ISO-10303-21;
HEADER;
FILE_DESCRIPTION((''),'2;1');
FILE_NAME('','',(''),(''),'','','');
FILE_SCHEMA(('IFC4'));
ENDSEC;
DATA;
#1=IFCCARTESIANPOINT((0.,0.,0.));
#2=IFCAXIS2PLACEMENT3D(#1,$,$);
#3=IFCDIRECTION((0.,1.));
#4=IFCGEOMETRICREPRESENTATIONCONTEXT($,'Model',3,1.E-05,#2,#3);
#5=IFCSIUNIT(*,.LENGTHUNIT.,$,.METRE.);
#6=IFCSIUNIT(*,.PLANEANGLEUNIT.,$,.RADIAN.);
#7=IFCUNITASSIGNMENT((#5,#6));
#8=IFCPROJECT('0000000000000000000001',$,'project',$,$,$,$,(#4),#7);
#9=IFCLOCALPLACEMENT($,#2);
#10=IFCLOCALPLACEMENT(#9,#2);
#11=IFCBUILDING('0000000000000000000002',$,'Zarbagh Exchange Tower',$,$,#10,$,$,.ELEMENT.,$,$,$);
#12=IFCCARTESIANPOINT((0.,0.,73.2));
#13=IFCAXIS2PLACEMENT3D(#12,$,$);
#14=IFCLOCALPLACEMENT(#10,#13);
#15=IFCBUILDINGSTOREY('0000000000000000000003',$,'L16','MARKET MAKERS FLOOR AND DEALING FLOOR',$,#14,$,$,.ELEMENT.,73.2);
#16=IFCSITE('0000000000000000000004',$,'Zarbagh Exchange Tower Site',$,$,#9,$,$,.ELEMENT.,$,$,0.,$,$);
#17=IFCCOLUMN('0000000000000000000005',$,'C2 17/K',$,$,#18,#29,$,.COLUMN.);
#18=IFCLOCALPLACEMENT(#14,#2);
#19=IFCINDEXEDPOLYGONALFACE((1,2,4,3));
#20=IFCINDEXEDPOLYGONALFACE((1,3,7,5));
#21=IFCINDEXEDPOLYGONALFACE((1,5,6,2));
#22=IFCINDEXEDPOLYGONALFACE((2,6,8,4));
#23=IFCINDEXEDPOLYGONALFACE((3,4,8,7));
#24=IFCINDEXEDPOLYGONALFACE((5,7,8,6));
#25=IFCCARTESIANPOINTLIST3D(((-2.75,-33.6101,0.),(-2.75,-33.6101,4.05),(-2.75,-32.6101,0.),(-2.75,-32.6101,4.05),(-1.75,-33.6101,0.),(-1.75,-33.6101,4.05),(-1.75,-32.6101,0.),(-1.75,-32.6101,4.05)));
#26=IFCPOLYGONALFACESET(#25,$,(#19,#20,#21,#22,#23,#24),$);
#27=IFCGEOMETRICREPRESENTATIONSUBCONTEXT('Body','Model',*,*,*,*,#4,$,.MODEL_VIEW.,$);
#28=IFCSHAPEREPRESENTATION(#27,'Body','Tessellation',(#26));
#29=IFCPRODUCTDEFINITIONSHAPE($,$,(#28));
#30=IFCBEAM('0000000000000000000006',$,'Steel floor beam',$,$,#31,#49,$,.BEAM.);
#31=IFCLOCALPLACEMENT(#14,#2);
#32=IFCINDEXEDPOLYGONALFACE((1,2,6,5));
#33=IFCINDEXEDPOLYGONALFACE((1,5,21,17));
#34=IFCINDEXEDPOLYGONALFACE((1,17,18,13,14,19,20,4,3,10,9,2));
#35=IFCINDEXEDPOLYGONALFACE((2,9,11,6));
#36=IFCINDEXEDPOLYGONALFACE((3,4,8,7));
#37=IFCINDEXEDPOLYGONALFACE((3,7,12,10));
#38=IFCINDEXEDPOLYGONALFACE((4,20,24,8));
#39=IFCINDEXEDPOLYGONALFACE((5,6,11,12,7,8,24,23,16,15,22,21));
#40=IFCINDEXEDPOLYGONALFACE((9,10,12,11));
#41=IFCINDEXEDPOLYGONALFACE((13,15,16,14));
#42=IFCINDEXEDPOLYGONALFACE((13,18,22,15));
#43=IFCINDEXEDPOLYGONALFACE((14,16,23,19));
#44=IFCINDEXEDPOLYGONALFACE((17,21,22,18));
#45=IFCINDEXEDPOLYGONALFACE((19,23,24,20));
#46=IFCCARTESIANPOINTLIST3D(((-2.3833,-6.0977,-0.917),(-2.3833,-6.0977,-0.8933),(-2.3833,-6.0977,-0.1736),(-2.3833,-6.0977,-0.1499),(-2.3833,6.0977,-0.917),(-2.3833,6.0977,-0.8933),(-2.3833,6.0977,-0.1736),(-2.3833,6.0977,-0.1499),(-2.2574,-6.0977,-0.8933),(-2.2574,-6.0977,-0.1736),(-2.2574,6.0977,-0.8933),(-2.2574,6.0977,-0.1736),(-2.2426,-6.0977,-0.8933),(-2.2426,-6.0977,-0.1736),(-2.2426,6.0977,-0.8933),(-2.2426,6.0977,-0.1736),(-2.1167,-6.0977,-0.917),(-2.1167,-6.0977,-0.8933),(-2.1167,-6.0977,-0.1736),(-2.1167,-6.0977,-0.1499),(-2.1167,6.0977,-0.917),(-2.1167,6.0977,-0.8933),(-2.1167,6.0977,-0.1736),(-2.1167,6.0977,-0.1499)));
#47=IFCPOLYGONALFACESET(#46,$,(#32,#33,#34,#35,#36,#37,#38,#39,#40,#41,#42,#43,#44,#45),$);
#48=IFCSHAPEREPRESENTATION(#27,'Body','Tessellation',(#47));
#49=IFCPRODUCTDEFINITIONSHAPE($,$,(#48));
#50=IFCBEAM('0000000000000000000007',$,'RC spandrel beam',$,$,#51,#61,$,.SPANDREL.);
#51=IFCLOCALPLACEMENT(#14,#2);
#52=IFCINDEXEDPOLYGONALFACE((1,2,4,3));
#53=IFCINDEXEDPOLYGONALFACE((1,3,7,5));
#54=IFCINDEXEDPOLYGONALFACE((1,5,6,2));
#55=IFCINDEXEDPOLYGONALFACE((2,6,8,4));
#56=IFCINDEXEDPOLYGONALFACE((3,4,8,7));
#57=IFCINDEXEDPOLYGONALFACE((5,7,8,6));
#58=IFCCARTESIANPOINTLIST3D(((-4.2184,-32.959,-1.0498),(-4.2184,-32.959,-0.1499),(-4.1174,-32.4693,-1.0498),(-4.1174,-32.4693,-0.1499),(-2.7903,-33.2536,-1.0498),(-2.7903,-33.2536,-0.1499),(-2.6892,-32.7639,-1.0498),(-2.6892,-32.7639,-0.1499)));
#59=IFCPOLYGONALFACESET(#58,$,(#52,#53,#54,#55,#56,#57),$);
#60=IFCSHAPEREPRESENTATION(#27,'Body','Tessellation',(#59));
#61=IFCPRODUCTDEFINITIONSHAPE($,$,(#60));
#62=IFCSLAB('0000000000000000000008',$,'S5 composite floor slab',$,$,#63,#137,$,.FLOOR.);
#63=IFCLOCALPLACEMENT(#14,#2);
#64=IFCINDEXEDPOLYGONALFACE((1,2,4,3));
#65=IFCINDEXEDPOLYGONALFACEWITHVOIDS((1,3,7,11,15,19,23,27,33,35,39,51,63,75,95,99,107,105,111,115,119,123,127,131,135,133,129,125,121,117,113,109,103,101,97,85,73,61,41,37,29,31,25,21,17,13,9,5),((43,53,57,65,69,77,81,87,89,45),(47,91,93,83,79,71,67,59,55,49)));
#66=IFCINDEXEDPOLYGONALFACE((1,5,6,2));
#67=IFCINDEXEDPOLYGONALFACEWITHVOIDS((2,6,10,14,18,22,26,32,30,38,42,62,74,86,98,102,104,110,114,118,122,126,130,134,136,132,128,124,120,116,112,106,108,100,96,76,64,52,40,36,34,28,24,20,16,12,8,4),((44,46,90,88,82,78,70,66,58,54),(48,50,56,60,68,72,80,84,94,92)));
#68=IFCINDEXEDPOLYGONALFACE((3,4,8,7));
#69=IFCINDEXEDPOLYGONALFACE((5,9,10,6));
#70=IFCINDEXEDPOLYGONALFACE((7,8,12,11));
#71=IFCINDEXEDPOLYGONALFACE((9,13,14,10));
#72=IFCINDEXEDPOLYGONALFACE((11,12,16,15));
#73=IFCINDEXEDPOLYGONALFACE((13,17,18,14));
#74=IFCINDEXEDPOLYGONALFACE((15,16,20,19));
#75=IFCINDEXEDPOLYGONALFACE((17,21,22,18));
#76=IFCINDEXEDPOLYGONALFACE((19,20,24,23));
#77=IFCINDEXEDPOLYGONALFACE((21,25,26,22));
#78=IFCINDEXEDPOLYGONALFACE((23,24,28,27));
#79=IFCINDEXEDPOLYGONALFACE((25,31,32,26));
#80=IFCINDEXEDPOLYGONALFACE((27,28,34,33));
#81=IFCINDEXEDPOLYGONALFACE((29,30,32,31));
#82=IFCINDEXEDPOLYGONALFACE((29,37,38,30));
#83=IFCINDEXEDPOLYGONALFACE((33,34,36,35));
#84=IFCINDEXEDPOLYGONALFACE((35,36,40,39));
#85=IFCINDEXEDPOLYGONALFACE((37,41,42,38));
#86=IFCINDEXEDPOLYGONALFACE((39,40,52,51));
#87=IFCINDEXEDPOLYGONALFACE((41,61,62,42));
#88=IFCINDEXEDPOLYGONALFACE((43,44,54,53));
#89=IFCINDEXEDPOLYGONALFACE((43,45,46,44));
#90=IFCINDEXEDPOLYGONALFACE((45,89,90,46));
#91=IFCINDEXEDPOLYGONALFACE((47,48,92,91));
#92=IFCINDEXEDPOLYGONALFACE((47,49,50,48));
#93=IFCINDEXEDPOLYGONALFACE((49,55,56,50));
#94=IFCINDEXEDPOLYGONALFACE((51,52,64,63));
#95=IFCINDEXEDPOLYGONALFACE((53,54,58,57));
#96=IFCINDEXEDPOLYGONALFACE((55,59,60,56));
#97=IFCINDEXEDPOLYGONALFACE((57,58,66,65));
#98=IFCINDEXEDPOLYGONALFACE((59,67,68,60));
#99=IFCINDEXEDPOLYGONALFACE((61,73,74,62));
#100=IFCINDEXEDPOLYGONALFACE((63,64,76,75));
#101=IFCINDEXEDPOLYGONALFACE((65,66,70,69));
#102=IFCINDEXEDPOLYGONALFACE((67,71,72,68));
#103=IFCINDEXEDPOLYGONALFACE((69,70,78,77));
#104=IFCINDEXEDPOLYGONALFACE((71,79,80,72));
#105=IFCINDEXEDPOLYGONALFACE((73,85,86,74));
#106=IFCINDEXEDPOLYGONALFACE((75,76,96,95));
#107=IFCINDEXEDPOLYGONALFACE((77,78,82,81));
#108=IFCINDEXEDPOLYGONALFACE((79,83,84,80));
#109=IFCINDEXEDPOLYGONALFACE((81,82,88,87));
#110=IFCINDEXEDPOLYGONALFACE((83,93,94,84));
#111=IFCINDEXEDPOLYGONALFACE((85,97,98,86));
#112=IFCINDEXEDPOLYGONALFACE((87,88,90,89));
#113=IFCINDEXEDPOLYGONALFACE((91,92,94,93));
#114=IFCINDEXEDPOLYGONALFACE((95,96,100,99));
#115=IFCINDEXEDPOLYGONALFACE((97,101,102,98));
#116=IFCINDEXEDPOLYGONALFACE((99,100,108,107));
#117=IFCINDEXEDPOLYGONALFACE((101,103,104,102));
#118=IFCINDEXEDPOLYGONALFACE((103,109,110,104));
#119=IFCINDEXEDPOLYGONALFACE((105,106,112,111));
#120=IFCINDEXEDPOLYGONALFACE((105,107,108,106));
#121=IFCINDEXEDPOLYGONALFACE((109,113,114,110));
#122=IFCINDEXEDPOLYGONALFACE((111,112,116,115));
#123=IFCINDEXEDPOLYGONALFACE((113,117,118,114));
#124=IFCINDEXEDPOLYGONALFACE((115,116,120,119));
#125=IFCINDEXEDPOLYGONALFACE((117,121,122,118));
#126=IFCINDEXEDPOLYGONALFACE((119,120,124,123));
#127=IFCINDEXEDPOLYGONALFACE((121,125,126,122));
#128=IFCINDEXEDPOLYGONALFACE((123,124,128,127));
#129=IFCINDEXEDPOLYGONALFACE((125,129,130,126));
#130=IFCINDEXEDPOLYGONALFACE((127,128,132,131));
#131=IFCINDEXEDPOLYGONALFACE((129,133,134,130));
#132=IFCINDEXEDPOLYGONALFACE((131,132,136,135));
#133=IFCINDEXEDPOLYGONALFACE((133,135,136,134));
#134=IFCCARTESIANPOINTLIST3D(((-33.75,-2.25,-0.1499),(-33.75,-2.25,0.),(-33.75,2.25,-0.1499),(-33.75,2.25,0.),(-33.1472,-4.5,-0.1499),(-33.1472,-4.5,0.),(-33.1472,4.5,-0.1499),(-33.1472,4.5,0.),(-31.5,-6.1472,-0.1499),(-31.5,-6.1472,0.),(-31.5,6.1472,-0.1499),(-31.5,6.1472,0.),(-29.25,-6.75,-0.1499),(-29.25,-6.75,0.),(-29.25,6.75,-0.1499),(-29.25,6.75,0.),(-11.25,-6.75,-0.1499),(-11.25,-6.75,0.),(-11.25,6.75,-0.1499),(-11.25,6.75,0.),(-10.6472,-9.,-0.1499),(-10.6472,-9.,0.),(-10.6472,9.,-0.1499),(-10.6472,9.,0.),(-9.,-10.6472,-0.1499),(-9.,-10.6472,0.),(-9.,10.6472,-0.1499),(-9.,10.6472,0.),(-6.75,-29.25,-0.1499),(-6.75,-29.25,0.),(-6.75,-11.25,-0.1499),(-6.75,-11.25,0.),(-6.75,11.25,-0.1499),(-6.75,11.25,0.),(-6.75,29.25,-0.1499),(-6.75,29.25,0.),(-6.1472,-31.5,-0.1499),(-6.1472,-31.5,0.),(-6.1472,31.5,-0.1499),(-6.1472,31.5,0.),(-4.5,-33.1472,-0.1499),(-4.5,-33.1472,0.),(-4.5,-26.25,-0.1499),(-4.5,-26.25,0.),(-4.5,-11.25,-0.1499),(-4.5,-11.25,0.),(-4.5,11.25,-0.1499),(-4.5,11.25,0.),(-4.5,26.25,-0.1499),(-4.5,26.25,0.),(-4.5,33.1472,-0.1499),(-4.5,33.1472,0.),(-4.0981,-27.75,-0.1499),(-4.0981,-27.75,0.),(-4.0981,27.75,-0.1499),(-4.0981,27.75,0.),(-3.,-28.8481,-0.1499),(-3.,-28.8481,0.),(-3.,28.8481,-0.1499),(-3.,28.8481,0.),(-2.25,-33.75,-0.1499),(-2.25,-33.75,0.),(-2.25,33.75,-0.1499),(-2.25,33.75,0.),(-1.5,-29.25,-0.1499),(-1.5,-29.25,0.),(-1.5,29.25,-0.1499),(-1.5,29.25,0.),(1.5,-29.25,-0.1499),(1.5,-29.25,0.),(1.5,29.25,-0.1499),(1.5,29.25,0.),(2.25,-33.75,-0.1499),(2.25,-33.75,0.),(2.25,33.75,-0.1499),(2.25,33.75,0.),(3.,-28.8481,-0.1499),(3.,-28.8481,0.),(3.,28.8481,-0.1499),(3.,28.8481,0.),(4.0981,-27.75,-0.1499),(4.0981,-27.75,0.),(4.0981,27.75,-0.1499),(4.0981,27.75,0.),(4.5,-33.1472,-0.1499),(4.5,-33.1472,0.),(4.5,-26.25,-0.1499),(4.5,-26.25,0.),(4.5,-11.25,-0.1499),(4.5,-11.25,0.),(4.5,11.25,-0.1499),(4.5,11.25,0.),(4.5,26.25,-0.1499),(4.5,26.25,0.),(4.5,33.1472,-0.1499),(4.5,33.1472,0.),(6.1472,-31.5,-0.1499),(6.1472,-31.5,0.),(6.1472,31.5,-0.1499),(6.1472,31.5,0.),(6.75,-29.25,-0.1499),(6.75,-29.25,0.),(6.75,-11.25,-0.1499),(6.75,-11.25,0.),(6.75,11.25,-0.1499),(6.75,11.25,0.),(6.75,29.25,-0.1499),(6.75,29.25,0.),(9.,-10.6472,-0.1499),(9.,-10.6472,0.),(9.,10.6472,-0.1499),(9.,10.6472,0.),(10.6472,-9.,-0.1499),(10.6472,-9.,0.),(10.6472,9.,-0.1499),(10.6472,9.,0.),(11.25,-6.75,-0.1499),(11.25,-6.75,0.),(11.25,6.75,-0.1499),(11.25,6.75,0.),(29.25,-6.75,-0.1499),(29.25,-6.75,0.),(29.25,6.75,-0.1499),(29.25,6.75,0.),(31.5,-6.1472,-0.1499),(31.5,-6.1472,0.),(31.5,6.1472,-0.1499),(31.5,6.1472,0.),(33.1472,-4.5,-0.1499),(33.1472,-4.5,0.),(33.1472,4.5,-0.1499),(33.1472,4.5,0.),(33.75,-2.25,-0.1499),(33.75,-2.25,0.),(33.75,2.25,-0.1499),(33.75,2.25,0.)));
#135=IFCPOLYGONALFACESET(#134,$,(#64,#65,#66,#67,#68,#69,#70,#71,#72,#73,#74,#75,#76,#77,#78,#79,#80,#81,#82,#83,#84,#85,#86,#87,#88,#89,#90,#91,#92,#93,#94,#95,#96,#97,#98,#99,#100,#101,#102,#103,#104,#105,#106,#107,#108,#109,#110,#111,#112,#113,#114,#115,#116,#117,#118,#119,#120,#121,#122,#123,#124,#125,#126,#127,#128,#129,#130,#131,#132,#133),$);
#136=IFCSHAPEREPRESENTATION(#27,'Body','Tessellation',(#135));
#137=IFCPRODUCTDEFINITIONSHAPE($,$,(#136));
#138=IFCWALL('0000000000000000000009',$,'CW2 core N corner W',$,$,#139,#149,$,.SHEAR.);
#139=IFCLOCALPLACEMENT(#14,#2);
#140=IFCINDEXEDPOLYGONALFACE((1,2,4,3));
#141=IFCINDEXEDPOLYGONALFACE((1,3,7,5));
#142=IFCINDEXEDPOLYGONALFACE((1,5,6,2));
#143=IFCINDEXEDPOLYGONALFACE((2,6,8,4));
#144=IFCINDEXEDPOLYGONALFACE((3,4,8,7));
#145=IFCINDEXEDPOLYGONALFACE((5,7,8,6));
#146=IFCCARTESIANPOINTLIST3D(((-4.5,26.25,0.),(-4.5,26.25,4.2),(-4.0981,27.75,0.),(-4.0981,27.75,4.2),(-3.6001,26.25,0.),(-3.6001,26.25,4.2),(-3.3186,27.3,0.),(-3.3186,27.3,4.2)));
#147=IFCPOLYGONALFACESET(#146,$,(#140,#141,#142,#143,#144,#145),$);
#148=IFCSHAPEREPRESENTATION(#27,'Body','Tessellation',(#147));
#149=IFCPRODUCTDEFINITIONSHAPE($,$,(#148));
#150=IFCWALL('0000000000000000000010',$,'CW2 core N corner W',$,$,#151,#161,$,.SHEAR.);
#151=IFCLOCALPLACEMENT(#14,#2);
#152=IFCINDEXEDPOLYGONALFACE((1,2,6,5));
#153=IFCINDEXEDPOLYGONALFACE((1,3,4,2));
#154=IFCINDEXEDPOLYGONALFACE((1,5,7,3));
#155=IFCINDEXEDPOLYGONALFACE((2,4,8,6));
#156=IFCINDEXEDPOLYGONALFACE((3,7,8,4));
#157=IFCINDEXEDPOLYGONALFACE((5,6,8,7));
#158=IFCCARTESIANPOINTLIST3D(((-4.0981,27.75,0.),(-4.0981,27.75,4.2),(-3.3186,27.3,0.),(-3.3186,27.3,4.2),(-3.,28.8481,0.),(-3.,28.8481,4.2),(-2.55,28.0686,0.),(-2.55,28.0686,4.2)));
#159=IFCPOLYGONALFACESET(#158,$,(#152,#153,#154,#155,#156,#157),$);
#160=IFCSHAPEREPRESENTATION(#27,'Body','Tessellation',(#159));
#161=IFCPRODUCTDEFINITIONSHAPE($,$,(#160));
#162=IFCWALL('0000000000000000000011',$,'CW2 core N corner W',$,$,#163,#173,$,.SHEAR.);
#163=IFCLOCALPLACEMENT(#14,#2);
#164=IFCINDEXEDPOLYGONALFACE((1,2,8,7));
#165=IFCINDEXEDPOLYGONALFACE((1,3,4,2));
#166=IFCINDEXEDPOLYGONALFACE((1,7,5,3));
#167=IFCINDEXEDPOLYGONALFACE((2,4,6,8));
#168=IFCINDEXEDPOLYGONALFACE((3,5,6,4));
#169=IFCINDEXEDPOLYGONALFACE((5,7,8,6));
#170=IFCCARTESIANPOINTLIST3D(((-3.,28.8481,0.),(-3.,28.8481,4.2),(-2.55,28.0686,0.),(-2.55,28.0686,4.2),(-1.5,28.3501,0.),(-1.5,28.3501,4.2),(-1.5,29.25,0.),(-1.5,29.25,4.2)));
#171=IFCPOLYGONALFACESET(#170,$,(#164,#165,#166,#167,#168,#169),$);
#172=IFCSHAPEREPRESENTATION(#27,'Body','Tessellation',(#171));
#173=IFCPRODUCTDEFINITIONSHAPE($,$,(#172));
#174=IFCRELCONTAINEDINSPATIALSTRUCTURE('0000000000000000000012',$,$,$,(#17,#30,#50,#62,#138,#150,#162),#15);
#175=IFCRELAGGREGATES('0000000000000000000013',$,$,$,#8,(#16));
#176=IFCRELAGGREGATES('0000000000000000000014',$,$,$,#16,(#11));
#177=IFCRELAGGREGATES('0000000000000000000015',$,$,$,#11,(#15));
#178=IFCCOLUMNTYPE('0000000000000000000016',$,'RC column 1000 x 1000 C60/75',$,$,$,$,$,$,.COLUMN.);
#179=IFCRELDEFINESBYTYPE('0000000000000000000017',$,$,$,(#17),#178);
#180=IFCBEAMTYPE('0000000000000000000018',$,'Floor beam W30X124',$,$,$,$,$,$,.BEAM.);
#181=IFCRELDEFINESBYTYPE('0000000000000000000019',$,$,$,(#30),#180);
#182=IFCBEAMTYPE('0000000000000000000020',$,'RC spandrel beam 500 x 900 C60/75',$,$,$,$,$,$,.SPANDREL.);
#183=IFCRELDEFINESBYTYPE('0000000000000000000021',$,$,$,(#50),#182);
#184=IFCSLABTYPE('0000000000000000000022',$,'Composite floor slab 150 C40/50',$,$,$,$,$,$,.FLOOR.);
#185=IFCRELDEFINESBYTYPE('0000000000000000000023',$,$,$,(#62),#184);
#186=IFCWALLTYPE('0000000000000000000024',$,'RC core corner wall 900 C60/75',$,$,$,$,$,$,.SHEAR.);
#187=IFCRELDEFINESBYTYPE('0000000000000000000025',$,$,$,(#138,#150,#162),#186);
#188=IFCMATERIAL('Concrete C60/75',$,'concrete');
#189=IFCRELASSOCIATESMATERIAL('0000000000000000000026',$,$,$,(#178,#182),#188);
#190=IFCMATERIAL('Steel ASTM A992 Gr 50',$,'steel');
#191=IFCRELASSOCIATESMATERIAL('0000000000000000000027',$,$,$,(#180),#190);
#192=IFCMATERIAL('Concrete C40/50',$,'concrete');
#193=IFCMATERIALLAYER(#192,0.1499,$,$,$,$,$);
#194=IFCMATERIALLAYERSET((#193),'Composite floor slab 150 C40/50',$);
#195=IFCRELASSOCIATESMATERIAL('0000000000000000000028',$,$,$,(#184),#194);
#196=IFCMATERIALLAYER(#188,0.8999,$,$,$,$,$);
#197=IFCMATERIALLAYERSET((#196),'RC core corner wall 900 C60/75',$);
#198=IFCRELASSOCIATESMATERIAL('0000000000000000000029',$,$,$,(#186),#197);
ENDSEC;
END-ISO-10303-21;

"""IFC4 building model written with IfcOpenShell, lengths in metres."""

from ifc_helpers import new_model, si_unit, direction, frame, origin, origin_2d, place, context, subcontext, project, spatial, polyline, rectangle, i_section, outline, extrude, material, layer, layer_set, material_profile, profile_set, type_object, element, save


model = new_model("IFC4")

# Units and contexts
model_context = context("Model", 3, precision=1e-05, world=origin(), true_north=direction((0.0, 1.0)))
body_context = subcontext(model_context, "Body", "Model", "MODEL_VIEW")
ifc_project = project(units=[si_unit("LENGTHUNIT", "METRE"), si_unit("PLANEANGLEUNIT", "RADIAN")], contexts=[model_context])

# Site, building, storey
site_placement = place(None, origin())
site = spatial("IfcSite", under=ifc_project, at=site_placement, Name="Zarbagh Exchange Tower Site", CompositionType="ELEMENT", RefElevation=0.0)
building_placement = place(site_placement, origin())
building = spatial("IfcBuilding", under=site, at=building_placement, Name="Zarbagh Exchange Tower", CompositionType="ELEMENT")
storey_placement = place(building_placement, frame((0.0, 0.0, 73.2)))
storey = spatial("IfcBuildingStorey", under=building, at=storey_placement, Name="L16", Description="MARKET MAKERS FLOOR AND DEALING FLOOR", CompositionType="ELEMENT", Elevation=73.2)

# Column
ifc_material_1 = material(Name="Concrete C60/75", Category="concrete")
ifc_material_profile_1 = material_profile(ifc_material_1, rectangle(XDim=1.0, YDim=1.0, at=origin_2d()), Name="RC column 1000 x 1000 C60/75")
ifc_profile_set_1 = profile_set([ifc_material_profile_1], Name="Concrete C60/75")
column_type = type_object("IfcColumnType", Name="RC column 1000 x 1000 C60/75", PredefinedType="COLUMN", material=ifc_profile_set_1)
column_placement = place(storey_placement, frame((-2.25, -33.1101, 0.0), z_axis=(0.0, 0.0, 1.0), x_axis=(1.0, 0.0, 0.0)))
element("IfcColumn", 1, at=column_placement, inside=storey, type_object=column_type, Name="C2 17/K", PredefinedType="COLUMN", context=body_context, shape_type="SweptSolid", body=[
    extrude(rectangle(XDim=1.0, YDim=1.0, at=origin_2d()), origin(), (0.0, 0.0, 1.0), 4.05),
])

# Beams
ifc_material_2 = material(Name="Steel ASTM A992 Gr 50", Category="steel")
ifc_material_profile_2 = material_profile(ifc_material_2, i_section(OverallWidth=0.2666, OverallDepth=0.7671, WebThickness=0.0149, FlangeThickness=0.0237, at=origin_2d()), Name="W30X124")
ifc_profile_set_2 = profile_set([ifc_material_profile_2], Name="Steel ASTM A992 Gr 50")
beam_type_1 = type_object("IfcBeamType", Name="Floor beam W30X124", PredefinedType="BEAM", material=ifc_profile_set_2)
beam_1_placement = place(storey_placement, frame((-2.25, -6.0977, -0.5334), z_axis=(0.0, 1.0, 0.0), x_axis=(-1.0, 0.0, 0.0)))
element("IfcBeam", 2, at=beam_1_placement, inside=storey, type_object=beam_type_1, Name="Steel floor beam", PredefinedType="BEAM", context=body_context, shape_type="SweptSolid", body=[
    extrude(i_section(OverallWidth=0.2666, OverallDepth=0.7671, WebThickness=0.0149, FlangeThickness=0.0237, at=origin_2d()), origin(), (0.0, 0.0, 1.0), 12.1953),
])
ifc_material_profile_3 = material_profile(ifc_material_1, rectangle(XDim=0.5, YDim=0.8999, at=origin_2d()), Name="RC spandrel beam 500 x 900 C60/75")
ifc_profile_set_3 = profile_set([ifc_material_profile_3], Name="Concrete C60/75")
beam_type_2 = type_object("IfcBeamType", Name="RC spandrel beam 500 x 900 C60/75", PredefinedType="SPANDREL", material=ifc_profile_set_3)
beam_2_placement = place(storey_placement, frame((-2.7397, -33.0088, -0.5999), z_axis=(-0.979371, 0.202069, 0.0), x_axis=(-0.202069, -0.979371, 0.0)))
element("IfcBeam", 3, at=beam_2_placement, inside=storey, type_object=beam_type_2, Name="RC spandrel beam", PredefinedType="SPANDREL", context=body_context, shape_type="SweptSolid", body=[
    extrude(rectangle(XDim=0.5, YDim=0.8999, at=origin_2d()), origin(), (0.0, 0.0, 1.0), 1.4583),
])

# Slab
ifc_material_3 = material(Name="Concrete C40/50", Category="concrete")
ifc_layer_1 = layer(ifc_material_3, 0.1499)
ifc_layer_set_1 = layer_set([ifc_layer_1], Name="Composite floor slab 150 C40/50")
slab_type = type_object("IfcSlabType", Name="Composite floor slab 150 C40/50", PredefinedType="FLOOR", material=ifc_layer_set_1)
slab_placement = place(storey_placement, frame((0.0, 0.0, -0.1499)))
element("IfcSlab", 4, at=slab_placement, inside=storey, type_object=slab_type, Name="S5 composite floor slab", PredefinedType="FLOOR", context=body_context, shape_type="SweptSolid", body=[
    extrude(outline(polyline([(-2.25, -33.75), (-4.5, -33.1472), (-6.1472, -31.5), (-6.75, -29.25), (-6.75, -11.25), (-9.0, -10.6472), (-10.6472, -9.0), (-11.25, -6.75), (-29.25, -6.75), (-31.5, -6.1472), (-33.1472, -4.5), (-33.75, -2.25), (-33.75, 2.25), (-33.1472, 4.5), (-31.5, 6.1472), (-29.25, 6.75), (-11.25, 6.75), (-10.6472, 9.0), (-9.0, 10.6472), (-6.75, 11.25), (-6.75, 29.25), (-6.1472, 31.5), (-4.5, 33.1472), (-2.25, 33.75), (2.25, 33.75), (4.5, 33.1472), (6.1472, 31.5), (6.75, 29.25), (6.75, 11.25), (9.0, 10.6472), (10.6472, 9.0), (11.25, 6.75), (29.25, 6.75), (31.5, 6.1472), (33.1472, 4.5), (33.75, 2.25), (33.75, -2.25), (33.1472, -4.5), (31.5, -6.1472), (29.25, -6.75), (11.25, -6.75), (10.6472, -9.0), (9.0, -10.6472), (6.75, -11.25), (6.75, -29.25), (6.1472, -31.5), (4.5, -33.1472), (2.25, -33.75), (-2.25, -33.75)]), holes=[polyline([(4.5, 11.25), (4.5, 26.25), (4.0981, 27.75), (3.0, 28.8481), (1.5, 29.25), (-1.5, 29.25), (-3.0, 28.8481), (-4.0981, 27.75), (-4.5, 26.25), (-4.5, 11.25), (4.5, 11.25)]), polyline([(-1.5, -29.25), (1.5, -29.25), (3.0, -28.8481), (4.0981, -27.75), (4.5, -26.25), (4.5, -11.25), (-4.5, -11.25), (-4.5, -26.25), (-4.0981, -27.75), (-3.0, -28.8481), (-1.5, -29.25)])]), origin(), (0.0, 0.0, 1.0), 0.1499),
])

# Walls
ifc_layer_2 = layer(ifc_material_1, 0.8999)
ifc_layer_set_2 = layer_set([ifc_layer_2], Name="RC core corner wall 900 C60/75")
wall_type_1 = type_object("IfcWallType", Name="RC core corner wall 900 C60/75", PredefinedType="SHEAR", material=ifc_layer_set_2)
wall_1_placement = place(storey_placement, origin())
element("IfcWall", 5, at=wall_1_placement, inside=storey, type_object=wall_type_1, Name="CW2 core N corner W", PredefinedType="SHEAR", context=body_context, shape_type="SweptSolid", body=[
    extrude(outline(polyline([(-4.5, 26.25), (-4.0981, 27.75), (-3.3186, 27.3), (-3.6001, 26.25), (-4.5, 26.25)])), origin(), (0.0, 0.0, 1.0), 4.2),
])
wall_2_placement = place(storey_placement, origin())
element("IfcWall", 6, at=wall_2_placement, inside=storey, type_object=wall_type_1, Name="CW2 core N corner W", PredefinedType="SHEAR", context=body_context, shape_type="SweptSolid", body=[
    extrude(outline(polyline([(-4.0981, 27.75), (-3.0, 28.8481), (-2.55, 28.0686), (-3.3186, 27.3), (-4.0981, 27.75)])), origin(), (0.0, 0.0, 1.0), 4.2),
])
wall_3_placement = place(storey_placement, origin())
element("IfcWall", 7, at=wall_3_placement, inside=storey, type_object=wall_type_1, Name="CW2 core N corner W", PredefinedType="SHEAR", context=body_context, shape_type="SweptSolid", body=[
    extrude(outline(polyline([(-3.0, 28.8481), (-1.5, 29.25), (-1.5, 28.3501), (-2.55, 28.0686), (-3.0, 28.8481)])), origin(), (0.0, 0.0, 1.0), 4.2),
])

save(model, "model.ifc")
